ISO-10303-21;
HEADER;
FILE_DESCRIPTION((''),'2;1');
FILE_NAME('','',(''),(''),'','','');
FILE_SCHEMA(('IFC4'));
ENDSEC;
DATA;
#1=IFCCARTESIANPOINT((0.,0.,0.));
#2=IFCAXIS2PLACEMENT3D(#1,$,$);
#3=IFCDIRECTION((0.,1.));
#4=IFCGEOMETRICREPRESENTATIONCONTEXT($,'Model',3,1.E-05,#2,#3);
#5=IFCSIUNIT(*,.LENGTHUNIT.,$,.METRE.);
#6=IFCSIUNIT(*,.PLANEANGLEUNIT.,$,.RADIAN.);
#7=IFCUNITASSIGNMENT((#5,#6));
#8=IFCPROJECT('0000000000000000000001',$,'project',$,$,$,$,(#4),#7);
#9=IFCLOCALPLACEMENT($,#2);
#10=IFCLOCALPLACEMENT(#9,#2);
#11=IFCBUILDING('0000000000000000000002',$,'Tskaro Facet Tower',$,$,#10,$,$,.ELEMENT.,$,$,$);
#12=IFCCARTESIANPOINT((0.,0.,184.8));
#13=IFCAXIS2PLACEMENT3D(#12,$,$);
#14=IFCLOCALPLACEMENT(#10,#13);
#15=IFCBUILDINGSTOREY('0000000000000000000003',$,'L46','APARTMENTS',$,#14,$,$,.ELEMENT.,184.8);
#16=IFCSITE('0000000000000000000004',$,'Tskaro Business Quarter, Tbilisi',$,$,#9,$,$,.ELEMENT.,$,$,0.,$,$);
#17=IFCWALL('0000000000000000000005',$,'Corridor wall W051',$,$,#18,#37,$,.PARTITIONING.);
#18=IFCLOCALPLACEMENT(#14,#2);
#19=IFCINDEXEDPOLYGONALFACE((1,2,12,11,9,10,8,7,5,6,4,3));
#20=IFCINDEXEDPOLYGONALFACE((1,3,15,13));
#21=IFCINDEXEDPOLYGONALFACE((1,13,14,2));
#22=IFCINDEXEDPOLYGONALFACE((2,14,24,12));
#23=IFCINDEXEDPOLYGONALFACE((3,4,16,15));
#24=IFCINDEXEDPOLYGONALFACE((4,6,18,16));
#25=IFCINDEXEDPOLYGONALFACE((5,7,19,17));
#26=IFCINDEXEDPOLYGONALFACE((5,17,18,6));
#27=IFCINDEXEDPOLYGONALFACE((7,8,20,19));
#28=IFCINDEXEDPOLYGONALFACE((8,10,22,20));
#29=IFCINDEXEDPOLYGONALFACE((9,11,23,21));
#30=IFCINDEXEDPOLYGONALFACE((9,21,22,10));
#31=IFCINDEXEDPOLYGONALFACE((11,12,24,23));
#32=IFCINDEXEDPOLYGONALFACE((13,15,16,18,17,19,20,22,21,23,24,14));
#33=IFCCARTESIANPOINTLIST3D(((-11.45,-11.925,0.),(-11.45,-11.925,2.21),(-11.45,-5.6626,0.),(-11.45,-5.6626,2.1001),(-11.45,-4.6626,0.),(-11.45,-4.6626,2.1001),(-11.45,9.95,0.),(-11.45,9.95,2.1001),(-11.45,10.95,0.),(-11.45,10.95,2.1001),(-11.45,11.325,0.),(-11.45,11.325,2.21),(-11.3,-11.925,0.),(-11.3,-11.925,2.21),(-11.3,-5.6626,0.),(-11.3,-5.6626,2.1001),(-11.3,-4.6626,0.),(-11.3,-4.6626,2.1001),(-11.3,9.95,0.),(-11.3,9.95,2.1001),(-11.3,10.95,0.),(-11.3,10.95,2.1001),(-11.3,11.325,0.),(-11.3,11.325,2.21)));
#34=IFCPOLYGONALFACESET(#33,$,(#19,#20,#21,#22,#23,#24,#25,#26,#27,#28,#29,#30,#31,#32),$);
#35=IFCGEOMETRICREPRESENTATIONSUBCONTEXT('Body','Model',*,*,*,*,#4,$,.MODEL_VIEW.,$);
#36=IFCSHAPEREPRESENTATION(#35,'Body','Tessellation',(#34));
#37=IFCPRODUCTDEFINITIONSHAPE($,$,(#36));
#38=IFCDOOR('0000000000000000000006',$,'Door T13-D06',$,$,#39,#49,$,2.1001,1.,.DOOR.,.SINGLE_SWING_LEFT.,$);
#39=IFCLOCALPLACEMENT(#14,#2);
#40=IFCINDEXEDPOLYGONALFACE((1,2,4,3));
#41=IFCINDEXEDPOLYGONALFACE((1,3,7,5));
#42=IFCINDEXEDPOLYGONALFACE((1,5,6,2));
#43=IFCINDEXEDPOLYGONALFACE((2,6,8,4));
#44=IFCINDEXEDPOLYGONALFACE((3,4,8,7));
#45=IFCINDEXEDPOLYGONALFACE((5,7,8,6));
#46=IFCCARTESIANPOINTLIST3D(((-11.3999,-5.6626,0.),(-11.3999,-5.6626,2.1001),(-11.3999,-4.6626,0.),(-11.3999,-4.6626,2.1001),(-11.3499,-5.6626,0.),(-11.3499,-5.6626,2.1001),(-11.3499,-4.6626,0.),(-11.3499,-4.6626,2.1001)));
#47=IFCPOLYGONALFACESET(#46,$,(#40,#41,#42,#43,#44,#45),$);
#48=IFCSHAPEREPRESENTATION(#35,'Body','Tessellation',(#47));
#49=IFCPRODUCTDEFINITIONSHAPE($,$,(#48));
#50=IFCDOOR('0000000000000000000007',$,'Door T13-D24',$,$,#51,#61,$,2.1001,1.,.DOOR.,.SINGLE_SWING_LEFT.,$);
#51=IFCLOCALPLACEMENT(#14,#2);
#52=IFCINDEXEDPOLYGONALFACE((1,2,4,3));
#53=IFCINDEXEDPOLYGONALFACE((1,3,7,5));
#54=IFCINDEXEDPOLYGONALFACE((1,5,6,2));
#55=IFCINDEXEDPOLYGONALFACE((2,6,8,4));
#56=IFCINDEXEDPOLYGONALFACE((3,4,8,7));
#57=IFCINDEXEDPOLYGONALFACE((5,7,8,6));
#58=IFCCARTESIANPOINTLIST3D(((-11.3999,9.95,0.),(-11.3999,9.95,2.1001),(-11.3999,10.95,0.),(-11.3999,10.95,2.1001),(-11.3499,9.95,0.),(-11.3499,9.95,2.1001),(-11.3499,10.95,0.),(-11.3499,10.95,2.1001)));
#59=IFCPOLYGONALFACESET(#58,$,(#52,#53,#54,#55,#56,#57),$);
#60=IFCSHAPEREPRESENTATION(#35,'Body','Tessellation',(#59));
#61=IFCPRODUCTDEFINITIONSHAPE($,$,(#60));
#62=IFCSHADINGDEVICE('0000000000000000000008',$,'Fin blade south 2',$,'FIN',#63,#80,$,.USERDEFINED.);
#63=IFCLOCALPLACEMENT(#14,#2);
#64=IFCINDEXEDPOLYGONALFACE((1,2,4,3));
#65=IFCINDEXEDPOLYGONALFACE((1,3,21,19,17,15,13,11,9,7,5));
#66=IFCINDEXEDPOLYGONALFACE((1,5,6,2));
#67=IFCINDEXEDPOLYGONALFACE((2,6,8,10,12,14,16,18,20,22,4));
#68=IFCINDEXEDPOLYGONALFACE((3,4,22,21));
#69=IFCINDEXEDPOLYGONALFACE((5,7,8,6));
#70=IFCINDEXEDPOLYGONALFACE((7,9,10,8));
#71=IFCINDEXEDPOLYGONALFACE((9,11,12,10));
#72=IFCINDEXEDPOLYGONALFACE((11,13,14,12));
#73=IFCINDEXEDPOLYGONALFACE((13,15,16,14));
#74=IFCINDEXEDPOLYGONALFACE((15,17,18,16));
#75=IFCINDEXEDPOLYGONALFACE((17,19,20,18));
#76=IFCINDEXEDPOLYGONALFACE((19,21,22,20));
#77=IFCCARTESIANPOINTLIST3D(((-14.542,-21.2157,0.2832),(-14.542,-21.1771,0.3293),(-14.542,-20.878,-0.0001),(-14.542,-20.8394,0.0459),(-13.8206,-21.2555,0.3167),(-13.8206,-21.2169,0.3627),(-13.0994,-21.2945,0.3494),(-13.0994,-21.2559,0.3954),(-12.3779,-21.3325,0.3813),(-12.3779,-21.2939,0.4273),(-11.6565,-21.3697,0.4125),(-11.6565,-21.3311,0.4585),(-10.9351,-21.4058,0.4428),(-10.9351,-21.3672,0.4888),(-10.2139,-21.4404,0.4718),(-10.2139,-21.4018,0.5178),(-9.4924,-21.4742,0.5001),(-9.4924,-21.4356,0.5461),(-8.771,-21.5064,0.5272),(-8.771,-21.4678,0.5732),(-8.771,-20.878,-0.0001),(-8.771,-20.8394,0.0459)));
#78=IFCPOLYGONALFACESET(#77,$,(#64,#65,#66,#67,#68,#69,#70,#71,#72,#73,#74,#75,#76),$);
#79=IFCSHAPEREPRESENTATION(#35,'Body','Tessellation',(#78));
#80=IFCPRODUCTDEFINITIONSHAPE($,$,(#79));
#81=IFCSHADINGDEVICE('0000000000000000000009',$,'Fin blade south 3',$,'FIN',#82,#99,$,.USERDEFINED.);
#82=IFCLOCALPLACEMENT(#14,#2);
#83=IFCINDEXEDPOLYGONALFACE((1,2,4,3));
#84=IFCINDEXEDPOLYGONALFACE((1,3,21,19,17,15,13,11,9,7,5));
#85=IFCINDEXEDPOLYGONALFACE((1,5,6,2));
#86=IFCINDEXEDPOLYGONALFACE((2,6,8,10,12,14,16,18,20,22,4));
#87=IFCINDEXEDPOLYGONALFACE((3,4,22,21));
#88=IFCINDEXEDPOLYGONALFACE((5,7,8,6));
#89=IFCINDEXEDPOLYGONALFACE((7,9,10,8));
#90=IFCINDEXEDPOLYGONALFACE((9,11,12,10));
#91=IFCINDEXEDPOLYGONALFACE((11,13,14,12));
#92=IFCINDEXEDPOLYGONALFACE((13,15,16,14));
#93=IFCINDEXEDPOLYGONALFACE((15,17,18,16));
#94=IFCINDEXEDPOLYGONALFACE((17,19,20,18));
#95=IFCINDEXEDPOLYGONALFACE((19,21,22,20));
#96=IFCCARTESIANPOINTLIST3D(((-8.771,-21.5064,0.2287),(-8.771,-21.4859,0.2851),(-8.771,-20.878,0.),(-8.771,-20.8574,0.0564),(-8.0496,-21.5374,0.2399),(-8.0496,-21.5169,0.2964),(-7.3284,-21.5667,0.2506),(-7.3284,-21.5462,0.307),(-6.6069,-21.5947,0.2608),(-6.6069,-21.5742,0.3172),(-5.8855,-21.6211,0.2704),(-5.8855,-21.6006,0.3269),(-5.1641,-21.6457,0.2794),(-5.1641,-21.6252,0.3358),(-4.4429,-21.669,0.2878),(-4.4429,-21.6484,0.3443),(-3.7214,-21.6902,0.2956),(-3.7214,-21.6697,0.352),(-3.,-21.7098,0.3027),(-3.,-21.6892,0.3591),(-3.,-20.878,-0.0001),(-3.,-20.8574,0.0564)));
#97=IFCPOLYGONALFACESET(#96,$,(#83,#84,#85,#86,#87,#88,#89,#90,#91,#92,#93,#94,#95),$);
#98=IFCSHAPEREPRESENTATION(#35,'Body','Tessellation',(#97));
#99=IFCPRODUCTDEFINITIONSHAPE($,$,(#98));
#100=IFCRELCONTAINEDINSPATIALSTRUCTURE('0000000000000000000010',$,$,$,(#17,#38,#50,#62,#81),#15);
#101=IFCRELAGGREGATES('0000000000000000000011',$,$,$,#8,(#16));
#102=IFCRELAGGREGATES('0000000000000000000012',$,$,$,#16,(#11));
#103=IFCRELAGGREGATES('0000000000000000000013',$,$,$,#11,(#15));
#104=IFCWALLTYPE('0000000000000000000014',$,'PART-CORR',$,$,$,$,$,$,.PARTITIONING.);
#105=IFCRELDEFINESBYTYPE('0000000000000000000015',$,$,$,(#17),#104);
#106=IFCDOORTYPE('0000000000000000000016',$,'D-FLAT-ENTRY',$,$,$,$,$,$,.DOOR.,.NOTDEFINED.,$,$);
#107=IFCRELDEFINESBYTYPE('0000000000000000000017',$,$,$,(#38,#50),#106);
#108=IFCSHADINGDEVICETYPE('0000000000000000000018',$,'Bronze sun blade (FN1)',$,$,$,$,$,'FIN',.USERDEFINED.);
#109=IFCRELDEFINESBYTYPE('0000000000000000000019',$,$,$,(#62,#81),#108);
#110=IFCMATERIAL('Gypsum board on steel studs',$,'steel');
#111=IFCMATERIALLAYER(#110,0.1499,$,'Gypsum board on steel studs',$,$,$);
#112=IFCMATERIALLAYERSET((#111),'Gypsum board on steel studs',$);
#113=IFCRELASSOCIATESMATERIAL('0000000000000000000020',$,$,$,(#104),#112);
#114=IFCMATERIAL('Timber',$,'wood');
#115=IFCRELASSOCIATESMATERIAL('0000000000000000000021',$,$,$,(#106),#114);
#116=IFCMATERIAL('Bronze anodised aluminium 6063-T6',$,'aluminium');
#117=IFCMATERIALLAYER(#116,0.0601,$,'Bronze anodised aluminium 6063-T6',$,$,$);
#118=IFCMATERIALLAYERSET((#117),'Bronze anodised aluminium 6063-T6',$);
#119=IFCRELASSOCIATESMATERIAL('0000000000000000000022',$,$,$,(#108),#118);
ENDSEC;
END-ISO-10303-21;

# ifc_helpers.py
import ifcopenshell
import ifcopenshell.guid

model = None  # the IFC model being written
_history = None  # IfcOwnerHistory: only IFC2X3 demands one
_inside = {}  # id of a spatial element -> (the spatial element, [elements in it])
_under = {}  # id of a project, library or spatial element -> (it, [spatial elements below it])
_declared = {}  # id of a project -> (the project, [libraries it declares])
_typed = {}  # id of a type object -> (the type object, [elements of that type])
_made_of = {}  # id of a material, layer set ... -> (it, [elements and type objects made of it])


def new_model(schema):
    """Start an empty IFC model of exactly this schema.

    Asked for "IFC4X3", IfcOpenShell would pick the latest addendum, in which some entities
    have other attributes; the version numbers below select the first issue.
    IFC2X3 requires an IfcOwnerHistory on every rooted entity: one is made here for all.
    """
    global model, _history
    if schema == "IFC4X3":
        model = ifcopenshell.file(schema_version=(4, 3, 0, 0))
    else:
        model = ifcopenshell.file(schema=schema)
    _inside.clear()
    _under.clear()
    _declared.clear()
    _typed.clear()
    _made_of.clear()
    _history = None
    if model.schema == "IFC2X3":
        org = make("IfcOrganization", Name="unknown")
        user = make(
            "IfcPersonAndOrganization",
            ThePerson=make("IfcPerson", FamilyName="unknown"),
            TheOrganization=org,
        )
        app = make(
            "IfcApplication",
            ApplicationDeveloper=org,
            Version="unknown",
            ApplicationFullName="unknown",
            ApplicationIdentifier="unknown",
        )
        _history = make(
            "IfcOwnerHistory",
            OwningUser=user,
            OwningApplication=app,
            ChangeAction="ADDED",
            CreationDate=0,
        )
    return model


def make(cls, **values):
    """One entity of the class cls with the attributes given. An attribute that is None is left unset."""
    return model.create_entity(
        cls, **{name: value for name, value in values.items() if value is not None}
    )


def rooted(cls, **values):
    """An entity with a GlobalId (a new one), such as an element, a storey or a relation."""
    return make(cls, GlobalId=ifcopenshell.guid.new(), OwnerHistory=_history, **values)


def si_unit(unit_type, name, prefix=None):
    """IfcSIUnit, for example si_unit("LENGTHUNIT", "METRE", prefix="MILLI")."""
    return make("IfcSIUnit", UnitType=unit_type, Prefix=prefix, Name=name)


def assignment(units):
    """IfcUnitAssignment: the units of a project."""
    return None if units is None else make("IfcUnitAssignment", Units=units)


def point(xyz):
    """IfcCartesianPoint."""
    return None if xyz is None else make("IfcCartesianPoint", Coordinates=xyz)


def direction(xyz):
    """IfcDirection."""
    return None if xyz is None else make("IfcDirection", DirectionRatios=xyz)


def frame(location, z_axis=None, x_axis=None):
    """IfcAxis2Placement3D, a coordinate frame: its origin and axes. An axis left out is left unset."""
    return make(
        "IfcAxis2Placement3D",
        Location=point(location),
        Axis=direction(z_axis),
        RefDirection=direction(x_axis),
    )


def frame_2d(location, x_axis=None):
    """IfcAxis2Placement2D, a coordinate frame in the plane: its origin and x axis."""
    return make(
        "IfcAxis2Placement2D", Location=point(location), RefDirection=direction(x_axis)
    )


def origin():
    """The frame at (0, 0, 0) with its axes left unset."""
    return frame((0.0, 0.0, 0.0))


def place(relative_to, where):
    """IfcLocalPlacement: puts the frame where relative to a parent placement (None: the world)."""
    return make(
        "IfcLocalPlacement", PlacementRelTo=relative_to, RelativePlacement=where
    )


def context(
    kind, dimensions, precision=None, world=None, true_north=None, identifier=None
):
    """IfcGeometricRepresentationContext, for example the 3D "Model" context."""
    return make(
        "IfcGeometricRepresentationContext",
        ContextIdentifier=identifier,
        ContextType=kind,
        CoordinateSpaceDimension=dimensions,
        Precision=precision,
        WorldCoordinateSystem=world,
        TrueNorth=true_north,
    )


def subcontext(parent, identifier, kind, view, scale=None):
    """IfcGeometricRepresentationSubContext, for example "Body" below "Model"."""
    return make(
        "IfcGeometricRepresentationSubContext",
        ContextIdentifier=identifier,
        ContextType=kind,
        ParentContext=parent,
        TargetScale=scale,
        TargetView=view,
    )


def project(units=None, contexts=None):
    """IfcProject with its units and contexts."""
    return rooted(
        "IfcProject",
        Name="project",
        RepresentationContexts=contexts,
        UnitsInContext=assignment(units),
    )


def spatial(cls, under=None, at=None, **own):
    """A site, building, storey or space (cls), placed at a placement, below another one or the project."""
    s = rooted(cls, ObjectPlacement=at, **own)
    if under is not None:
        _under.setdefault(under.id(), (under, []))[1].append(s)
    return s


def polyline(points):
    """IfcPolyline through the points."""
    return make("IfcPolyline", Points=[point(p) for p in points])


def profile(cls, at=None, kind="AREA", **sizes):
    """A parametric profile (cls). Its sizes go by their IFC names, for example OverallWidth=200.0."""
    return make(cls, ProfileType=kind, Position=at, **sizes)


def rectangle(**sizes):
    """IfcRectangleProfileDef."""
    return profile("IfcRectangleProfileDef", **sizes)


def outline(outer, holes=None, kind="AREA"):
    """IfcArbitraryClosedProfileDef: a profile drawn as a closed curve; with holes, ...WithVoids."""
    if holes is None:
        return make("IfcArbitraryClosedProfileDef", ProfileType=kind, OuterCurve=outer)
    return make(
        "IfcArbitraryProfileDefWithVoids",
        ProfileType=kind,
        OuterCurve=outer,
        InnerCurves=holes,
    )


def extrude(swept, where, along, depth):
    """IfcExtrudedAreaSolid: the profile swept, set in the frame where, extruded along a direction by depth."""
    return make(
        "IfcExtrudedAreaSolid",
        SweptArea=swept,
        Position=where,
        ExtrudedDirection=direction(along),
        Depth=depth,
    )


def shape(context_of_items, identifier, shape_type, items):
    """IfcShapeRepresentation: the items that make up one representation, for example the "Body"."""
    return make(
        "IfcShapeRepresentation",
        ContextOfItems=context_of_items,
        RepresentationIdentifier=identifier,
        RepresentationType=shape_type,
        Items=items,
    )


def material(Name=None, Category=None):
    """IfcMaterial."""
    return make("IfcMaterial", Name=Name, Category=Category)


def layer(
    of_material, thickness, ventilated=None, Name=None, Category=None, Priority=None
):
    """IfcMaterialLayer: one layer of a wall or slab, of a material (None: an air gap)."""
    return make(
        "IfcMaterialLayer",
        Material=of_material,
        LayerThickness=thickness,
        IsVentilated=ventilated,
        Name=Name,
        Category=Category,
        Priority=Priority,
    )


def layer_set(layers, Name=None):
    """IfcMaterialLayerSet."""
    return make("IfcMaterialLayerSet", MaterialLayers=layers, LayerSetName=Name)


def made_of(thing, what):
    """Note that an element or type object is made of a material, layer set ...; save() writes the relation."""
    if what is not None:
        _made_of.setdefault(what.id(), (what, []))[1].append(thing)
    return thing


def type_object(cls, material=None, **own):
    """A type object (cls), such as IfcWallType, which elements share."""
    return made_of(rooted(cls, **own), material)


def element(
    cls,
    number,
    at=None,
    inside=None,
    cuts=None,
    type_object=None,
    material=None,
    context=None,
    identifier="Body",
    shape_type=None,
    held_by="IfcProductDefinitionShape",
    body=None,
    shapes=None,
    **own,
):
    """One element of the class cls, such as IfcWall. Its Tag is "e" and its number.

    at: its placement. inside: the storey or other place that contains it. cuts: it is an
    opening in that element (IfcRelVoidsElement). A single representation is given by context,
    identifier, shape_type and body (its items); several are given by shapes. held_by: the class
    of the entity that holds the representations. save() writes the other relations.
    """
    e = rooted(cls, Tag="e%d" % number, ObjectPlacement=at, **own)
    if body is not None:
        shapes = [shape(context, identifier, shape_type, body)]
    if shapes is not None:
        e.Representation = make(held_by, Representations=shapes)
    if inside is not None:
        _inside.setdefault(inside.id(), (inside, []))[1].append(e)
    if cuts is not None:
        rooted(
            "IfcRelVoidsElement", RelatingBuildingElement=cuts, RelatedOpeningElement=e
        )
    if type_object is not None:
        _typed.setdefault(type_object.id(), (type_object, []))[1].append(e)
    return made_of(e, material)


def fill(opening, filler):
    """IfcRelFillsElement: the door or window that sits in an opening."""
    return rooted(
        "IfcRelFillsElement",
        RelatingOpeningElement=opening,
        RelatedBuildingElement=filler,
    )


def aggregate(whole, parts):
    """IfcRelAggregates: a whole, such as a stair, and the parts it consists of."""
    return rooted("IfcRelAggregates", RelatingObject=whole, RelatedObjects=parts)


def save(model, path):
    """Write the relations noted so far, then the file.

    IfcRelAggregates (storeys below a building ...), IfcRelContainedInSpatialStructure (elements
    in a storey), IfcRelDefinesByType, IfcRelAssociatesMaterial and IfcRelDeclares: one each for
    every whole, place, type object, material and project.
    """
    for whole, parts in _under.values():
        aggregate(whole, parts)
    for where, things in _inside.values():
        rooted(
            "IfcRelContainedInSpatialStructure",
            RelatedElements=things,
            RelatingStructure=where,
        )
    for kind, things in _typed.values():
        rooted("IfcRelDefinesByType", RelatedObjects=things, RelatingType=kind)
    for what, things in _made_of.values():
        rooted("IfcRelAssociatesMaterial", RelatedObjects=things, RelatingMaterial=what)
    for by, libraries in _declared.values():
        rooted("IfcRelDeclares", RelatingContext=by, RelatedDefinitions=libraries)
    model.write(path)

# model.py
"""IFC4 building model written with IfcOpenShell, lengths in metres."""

from ifc_helpers import new_model, si_unit, direction, frame, frame_2d, origin, place, context, subcontext, project, spatial, polyline, rectangle, outline, extrude, material, layer, layer_set, type_object, element, fill, save


model = new_model("IFC4")

# Units and contexts
model_context = context("Model", 3, precision=1e-05, world=origin(), true_north=direction((0.0, 1.0)))
body_context = subcontext(model_context, "Body", "Model", "MODEL_VIEW")
ifc_project = project(units=[si_unit("LENGTHUNIT", "METRE"), si_unit("PLANEANGLEUNIT", "RADIAN")], contexts=[model_context])

# Site, building, storey
site_placement = place(None, origin())
site = spatial("IfcSite", under=ifc_project, at=site_placement, Name="Tskaro Business Quarter, Tbilisi", CompositionType="ELEMENT", RefElevation=0.0)
building_placement = place(site_placement, origin())
building = spatial("IfcBuilding", under=site, at=building_placement, Name="Tskaro Facet Tower", CompositionType="ELEMENT")
storey_placement = place(building_placement, frame((0.0, 0.0, 184.8)))
storey = spatial("IfcBuildingStorey", under=building, at=storey_placement, Name="L46", Description="APARTMENTS", CompositionType="ELEMENT", Elevation=184.8)

# Shared definitions
ifc_material_1 = material(Name="Bronze anodised aluminium 6063-T6", Category="aluminium")

# Shared definitions
ifc_material_2 = material(Name="Gypsum board on steel studs", Category="steel")
ifc_material_3 = material(Name="Timber", Category="wood")

# Shared definitions
ifc_layer_1 = layer(ifc_material_2, 0.1499, Name="Gypsum board on steel studs")
ifc_layer_set_1 = layer_set([ifc_layer_1], Name="Gypsum board on steel studs")
wall_type_1 = type_object("IfcWallType", Name="PART-CORR", PredefinedType="PARTITIONING", material=ifc_layer_set_1)

# Wall, openings, doors
wall_1_placement = place(storey_placement, frame((-11.375, -11.925, 0.0), z_axis=(0.0, 0.0, 1.0), x_axis=(0.0, 1.0, 0.0)))
wall_1 = element("IfcWall", 1, at=wall_1_placement, inside=storey, type_object=wall_type_1, Name="Corridor wall W051", PredefinedType="PARTITIONING", context=body_context, shape_type="SweptSolid", body=[
    extrude(rectangle(XDim=23.25, YDim=0.1499, at=frame_2d((11.625, 0.0))), origin(), (0.0, 0.0, 1.0), 2.21),
])
opening_1_placement = place(wall_1_placement, frame((6.2625, 0.0, 0.0)))
opening_1 = element("IfcOpeningElement", 2, at=opening_1_placement, cuts=wall_1, PredefinedType="OPENING", context=body_context, shape_type="SweptSolid", body=[
    extrude(rectangle(XDim=1.0, YDim=2.1001, at=frame_2d((0.5, 1.05))), frame((0.0, 0.085, 0.0), z_axis=(0.0, -1.0, 0.0), x_axis=(1.0, 0.0, 0.0)), (0.0, 0.0, 1.0), 0.1699),
])
opening_2_placement = place(wall_1_placement, frame((21.875, 0.0, 0.0)))
opening_2 = element("IfcOpeningElement", 3, at=opening_2_placement, cuts=wall_1, PredefinedType="OPENING", context=body_context, shape_type="SweptSolid", body=[
    extrude(rectangle(XDim=1.0, YDim=2.1001, at=frame_2d((0.5, 1.05))), frame((0.0, 0.085, 0.0), z_axis=(0.0, -1.0, 0.0), x_axis=(1.0, 0.0, 0.0)), (0.0, 0.0, 1.0), 0.1699),
])
door_type_1 = type_object("IfcDoorType", Name="D-FLAT-ENTRY", OperationType="NOTDEFINED", PredefinedType="DOOR", material=ifc_material_3)
door_1_placement = place(opening_1_placement, origin())
door_1 = element("IfcDoor", 4, at=door_1_placement, inside=storey, type_object=door_type_1, Name="Door T13-D06", OperationType="SINGLE_SWING_LEFT", OverallHeight=2.1001, OverallWidth=1.0, PredefinedType="DOOR", context=body_context, shape_type="SweptSolid", body=[
    extrude(rectangle(XDim=1.0, YDim=2.1001, at=frame_2d((0.5, 1.05))), frame((0.0, 0.0249, 0.0), z_axis=(0.0, -1.0, 0.0), x_axis=(1.0, 0.0, 0.0)), (0.0, 0.0, 1.0), 0.05),
])
fill(opening_1, door_1)
door_2_placement = place(opening_2_placement, origin())
door_2 = element("IfcDoor", 5, at=door_2_placement, inside=storey, type_object=door_type_1, Name="Door T13-D24", OperationType="SINGLE_SWING_LEFT", OverallHeight=2.1001, OverallWidth=1.0, PredefinedType="DOOR", context=body_context, shape_type="SweptSolid", body=[
    extrude(rectangle(XDim=1.0, YDim=2.1001, at=frame_2d((0.5, 1.05))), frame((0.0, 0.0249, 0.0), z_axis=(0.0, -1.0, 0.0), x_axis=(1.0, 0.0, 0.0)), (0.0, 0.0, 1.0), 0.05),
])
fill(opening_2, door_2)

# Shading devices
ifc_layer_2 = layer(ifc_material_1, 0.0601, Name="Bronze anodised aluminium 6063-T6")
ifc_layer_set_2 = layer_set([ifc_layer_2], Name="Bronze anodised aluminium 6063-T6")
shading_device_type = type_object("IfcShadingDeviceType", Name="Bronze sun blade (FN1)", ElementType="FIN", PredefinedType="USERDEFINED", material=ifc_layer_set_2)
shading_device_1_placement = place(storey_placement, frame((-14.542, -20.8394, 0.0459), z_axis=(0.0, 0.642757, 0.76607), x_axis=(1.0, 0.0, 0.0)))
element("IfcShadingDevice", 6, at=shading_device_1_placement, inside=storey, type_object=shading_device_type, Name="Fin blade south 2", ObjectType="FIN", PredefinedType="USERDEFINED", context=body_context, shape_type="SweptSolid", body=[
    extrude(outline(polyline([(0.0, 0.0), (5.771, 0.0), (5.771, -0.8204), (5.0496, -0.7783), (4.3281, -0.7342), (3.6069, -0.689), (2.8855, -0.6419), (2.1641, -0.5934), (1.4426, -0.5438), (0.7214, -0.4929), (0.0, -0.4408), (0.0, 0.0)])), origin(), (0.0, 0.0, -1.0), 0.0601),
])
shading_device_2_placement = place(storey_placement, frame((-8.771, -20.8574, 0.0564), z_axis=(0.000002, 0.341978, 0.939708), x_axis=(1.0, -0.000001, -0.000002)))
element("IfcShadingDevice", 7, at=shading_device_2_placement, inside=storey, type_object=shading_device_type, Name="Fin blade south 3", ObjectType="FIN", PredefinedType="USERDEFINED", context=body_context, shape_type="SweptSolid", body=[
    extrude(outline(polyline([(0.0, 0.0), (5.771, 0.0), (5.771, -0.8852), (5.0496, -0.8644), (4.3281, -0.8418), (3.6069, -0.817), (2.8855, -0.7909), (2.1641, -0.7627), (1.4426, -0.7329), (0.7214, -0.7017), (0.0, -0.6688), (0.0, 0.0)])), origin(), (0.0, 0.0, -1.0), 0.0601),
])

save(model, "model.ifc")
